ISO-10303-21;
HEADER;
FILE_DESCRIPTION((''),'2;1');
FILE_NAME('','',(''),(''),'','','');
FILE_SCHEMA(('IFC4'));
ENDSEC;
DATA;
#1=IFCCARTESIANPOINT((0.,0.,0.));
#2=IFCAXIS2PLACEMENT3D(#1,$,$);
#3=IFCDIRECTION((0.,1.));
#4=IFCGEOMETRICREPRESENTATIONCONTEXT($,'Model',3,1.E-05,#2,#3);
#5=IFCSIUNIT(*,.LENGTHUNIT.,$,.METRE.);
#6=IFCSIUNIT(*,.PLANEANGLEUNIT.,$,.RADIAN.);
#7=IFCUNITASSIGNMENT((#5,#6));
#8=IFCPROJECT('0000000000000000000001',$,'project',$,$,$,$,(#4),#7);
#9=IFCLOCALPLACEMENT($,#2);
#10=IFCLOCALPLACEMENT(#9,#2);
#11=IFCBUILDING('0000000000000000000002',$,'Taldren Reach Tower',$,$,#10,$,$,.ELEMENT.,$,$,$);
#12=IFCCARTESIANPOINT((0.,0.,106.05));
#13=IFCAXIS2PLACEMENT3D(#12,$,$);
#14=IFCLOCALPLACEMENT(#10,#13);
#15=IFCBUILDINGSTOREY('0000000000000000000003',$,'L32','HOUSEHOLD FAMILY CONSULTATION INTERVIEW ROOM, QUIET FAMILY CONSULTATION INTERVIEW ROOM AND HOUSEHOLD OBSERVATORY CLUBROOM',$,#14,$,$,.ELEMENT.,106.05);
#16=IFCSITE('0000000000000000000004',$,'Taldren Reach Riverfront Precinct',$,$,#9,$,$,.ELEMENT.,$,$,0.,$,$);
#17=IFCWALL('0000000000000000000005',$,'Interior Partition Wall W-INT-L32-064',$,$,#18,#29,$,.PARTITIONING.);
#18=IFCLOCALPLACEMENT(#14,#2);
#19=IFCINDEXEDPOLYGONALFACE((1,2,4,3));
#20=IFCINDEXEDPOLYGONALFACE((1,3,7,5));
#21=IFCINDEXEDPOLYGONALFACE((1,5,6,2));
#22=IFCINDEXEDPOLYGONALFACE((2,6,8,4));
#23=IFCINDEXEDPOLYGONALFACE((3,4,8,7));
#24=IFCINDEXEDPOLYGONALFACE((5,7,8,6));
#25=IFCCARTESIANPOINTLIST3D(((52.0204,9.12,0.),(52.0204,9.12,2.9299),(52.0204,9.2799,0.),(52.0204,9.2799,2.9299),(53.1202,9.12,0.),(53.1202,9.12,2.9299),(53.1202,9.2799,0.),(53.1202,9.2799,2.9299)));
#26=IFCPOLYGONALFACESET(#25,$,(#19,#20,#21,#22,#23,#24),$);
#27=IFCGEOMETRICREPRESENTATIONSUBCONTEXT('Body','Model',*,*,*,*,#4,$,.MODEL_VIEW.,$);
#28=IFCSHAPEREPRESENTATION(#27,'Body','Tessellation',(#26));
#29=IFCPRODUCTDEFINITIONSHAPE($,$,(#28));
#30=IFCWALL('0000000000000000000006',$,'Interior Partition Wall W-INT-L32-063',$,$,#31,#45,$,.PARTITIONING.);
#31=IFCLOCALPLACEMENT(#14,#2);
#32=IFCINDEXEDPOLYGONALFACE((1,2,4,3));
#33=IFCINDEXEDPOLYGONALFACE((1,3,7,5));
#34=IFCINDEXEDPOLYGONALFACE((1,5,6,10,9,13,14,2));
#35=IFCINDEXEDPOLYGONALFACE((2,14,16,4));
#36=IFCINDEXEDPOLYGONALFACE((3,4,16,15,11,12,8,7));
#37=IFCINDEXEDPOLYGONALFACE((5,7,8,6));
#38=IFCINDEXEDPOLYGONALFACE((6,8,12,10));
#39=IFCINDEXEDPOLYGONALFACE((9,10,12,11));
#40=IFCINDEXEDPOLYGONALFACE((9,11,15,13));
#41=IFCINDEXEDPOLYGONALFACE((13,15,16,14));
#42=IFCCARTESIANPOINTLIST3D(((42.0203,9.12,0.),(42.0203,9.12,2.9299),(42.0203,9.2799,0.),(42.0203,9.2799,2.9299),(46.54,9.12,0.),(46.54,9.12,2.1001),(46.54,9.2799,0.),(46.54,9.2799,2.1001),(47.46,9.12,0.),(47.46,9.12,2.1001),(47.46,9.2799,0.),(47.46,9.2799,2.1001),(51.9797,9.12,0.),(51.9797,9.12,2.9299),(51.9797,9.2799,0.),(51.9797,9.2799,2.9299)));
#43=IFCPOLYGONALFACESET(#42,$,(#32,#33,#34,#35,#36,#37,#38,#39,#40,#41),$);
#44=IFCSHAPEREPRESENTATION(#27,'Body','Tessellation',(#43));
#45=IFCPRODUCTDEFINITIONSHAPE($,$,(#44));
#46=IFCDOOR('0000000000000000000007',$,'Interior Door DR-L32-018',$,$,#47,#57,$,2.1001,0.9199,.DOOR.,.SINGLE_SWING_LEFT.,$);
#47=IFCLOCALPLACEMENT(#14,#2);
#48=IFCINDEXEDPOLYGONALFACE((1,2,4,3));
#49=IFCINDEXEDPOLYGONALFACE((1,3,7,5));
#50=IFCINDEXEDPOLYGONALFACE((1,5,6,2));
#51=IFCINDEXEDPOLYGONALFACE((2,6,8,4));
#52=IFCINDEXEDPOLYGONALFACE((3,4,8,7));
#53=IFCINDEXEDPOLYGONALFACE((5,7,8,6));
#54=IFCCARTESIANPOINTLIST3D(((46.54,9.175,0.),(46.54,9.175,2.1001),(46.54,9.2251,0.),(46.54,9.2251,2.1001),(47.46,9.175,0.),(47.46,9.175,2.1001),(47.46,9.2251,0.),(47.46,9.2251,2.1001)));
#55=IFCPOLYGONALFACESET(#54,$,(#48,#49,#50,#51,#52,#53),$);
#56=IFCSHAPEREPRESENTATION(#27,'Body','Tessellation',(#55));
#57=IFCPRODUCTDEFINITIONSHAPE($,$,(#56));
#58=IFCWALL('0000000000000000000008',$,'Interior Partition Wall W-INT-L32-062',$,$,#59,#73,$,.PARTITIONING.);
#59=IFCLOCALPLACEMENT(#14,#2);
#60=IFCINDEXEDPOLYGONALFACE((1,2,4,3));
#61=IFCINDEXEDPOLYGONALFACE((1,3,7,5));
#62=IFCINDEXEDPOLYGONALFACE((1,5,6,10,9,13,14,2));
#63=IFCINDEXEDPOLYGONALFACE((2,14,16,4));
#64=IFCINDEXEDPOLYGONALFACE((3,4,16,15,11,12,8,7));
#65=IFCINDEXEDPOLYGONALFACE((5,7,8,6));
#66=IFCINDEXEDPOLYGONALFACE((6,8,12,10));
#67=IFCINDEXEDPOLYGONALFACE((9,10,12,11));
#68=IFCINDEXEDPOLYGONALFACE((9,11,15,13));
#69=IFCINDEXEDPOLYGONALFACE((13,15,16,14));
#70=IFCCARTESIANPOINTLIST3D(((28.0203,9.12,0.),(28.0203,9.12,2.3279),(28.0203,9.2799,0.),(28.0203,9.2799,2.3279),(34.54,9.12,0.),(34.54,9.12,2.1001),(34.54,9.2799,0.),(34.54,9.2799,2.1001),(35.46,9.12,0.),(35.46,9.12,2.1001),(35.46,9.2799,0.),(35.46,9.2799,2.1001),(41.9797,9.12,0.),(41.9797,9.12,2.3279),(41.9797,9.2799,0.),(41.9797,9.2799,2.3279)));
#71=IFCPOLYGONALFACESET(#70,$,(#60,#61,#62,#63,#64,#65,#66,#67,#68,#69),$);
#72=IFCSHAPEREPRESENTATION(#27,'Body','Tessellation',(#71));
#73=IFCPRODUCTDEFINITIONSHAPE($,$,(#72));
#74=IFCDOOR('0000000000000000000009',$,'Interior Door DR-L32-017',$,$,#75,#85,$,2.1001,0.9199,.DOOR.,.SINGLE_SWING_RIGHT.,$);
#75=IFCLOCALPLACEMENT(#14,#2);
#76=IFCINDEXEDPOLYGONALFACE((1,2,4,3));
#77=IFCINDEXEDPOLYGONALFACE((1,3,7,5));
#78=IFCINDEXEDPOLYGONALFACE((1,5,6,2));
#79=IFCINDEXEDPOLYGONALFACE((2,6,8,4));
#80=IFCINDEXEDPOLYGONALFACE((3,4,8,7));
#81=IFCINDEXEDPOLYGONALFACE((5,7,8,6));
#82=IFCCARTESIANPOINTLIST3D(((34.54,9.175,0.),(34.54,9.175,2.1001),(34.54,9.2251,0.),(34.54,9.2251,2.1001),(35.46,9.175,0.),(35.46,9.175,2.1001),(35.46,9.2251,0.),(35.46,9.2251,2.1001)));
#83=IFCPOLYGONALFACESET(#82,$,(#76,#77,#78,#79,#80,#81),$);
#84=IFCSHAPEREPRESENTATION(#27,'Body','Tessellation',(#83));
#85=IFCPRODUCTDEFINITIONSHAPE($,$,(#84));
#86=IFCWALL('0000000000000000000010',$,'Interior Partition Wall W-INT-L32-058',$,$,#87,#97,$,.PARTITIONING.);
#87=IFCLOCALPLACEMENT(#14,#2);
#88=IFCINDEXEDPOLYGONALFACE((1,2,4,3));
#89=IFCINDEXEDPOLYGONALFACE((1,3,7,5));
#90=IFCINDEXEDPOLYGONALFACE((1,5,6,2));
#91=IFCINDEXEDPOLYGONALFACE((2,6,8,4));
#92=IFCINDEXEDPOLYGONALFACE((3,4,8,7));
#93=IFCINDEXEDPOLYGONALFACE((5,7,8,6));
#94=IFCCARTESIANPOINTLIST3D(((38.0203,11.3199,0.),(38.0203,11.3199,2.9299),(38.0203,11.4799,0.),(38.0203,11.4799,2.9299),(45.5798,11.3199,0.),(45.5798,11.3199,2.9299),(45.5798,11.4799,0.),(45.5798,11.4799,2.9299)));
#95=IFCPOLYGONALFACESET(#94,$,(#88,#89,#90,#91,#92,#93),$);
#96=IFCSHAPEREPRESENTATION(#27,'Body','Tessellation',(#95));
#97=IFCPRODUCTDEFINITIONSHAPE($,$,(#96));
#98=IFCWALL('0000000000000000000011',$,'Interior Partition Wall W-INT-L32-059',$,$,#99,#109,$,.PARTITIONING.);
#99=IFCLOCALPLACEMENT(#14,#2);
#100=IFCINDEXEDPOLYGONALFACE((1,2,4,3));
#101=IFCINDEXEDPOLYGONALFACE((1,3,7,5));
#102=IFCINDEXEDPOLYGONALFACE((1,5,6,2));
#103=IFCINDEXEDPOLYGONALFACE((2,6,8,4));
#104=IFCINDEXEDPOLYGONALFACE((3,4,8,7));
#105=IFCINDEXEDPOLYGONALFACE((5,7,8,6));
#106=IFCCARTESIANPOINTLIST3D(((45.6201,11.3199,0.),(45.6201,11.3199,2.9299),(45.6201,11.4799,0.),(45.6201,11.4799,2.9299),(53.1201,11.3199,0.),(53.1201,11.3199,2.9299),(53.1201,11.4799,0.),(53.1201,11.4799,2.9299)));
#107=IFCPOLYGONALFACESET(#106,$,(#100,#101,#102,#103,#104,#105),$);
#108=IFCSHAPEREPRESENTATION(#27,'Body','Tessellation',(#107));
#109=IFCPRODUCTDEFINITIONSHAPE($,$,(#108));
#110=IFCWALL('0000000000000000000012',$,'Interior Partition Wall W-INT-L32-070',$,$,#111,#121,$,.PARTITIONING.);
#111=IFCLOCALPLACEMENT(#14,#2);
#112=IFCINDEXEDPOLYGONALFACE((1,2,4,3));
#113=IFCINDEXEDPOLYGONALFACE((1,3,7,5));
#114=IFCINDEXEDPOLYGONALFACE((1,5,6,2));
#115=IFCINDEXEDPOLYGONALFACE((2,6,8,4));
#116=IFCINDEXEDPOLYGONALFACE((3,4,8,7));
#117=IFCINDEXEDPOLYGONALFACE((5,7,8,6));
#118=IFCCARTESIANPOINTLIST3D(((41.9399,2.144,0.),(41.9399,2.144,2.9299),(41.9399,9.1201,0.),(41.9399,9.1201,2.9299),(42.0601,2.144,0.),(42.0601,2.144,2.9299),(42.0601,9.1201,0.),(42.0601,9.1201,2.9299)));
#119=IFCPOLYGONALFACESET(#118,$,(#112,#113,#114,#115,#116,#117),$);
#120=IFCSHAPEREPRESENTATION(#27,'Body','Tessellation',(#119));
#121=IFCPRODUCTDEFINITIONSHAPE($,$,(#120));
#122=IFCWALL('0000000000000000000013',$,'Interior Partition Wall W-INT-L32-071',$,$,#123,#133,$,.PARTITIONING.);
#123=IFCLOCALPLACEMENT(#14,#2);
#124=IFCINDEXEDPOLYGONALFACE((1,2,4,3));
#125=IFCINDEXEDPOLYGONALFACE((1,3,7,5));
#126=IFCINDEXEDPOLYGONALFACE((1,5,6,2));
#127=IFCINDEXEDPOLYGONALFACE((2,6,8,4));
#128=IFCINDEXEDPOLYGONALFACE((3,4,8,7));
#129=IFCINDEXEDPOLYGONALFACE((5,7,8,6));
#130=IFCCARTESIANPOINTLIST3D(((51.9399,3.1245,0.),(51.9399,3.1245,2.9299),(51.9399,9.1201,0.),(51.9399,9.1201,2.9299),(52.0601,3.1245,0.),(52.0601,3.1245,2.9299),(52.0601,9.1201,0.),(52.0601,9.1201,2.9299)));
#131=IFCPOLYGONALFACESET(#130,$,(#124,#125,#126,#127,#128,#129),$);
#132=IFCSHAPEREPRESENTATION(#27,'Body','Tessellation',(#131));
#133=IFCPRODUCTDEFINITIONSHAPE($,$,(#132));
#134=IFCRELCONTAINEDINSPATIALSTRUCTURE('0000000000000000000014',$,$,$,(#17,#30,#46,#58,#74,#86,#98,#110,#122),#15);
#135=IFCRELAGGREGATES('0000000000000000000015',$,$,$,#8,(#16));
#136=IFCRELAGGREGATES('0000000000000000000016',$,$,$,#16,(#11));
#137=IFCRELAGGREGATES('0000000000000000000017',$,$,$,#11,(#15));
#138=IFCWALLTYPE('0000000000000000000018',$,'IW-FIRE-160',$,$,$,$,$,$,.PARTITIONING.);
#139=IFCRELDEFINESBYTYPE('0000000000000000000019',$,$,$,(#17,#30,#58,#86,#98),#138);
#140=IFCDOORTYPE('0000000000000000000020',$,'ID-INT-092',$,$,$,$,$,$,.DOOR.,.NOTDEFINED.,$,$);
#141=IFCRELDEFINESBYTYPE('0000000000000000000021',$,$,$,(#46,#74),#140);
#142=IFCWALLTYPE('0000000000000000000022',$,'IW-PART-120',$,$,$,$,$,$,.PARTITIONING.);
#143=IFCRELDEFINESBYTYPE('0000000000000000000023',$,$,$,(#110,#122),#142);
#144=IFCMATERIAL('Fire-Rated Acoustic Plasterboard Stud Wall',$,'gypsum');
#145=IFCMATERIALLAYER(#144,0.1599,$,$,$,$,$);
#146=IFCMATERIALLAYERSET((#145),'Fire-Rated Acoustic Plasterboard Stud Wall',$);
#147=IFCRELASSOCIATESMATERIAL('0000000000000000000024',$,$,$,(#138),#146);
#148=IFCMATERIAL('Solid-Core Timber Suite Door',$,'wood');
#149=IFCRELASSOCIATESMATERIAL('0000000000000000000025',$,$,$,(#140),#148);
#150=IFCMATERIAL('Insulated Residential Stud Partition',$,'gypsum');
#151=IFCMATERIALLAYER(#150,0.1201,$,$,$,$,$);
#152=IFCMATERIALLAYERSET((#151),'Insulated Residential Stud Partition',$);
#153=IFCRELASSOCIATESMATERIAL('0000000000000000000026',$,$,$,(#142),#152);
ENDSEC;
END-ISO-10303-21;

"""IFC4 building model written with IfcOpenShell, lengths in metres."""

from ifc_helpers import new_model, si_unit, direction, frame, frame_2d, origin, place, context, subcontext, project, spatial, rectangle, extrude, source, transform, mapped, material, layer, layer_set, type_object, element, fill, save


model = new_model("IFC4")

# Units and contexts
model_context = context("Model", 3, precision=1e-05, world=origin(), true_north=direction((0.0, 1.0)))
body_context = subcontext(model_context, "Body", "Model", "MODEL_VIEW")
ifc_project = project(units=[si_unit("LENGTHUNIT", "METRE"), si_unit("PLANEANGLEUNIT", "RADIAN")], contexts=[model_context])

# Site, building, storey
site_placement = place(None, origin())
site = spatial("IfcSite", under=ifc_project, at=site_placement, Name="Taldren Reach Riverfront Precinct", CompositionType="ELEMENT", RefElevation=0.0)
building_placement = place(site_placement, origin())
building = spatial("IfcBuilding", under=site, at=building_placement, Name="Taldren Reach Tower", CompositionType="ELEMENT")
storey_placement = place(building_placement, frame((0.0, 0.0, 106.05)))
storey = spatial("IfcBuildingStorey", under=building, at=storey_placement, Name="L32", Description="HOUSEHOLD FAMILY CONSULTATION INTERVIEW ROOM, QUIET FAMILY CONSULTATION INTERVIEW ROOM AND HOUSEHOLD OBSERVATORY CLUBROOM", CompositionType="ELEMENT", Elevation=106.05)

# Shared definitions
ifc_material_1 = material(Name="Fire-Rated Acoustic Plasterboard Stud Wall", Category="gypsum")
ifc_layer_1 = layer(ifc_material_1, 0.1599)
ifc_layer_set_1 = layer_set([ifc_layer_1], Name="Fire-Rated Acoustic Plasterboard Stud Wall")
wall_type_1 = type_object("IfcWallType", Name="IW-FIRE-160", PredefinedType="PARTITIONING", material=ifc_layer_set_1)

# Wall
shared_shape_1 = source(origin(), body_context, "Body", "SweptSolid", [
    extrude(rectangle(XDim=1.0999, YDim=0.1599, at=frame_2d((0.5498, 0.0))), origin(), (0.0, 0.0, 1.0), 2.9299),
])
wall_1_placement = place(storey_placement, frame((53.1201, 9.2, 0.0), z_axis=(0.0, 0.0, 1.0), x_axis=(-1.0, 0.0, 0.0)))
element("IfcWall", 1, at=wall_1_placement, inside=storey, type_object=wall_type_1, Name="Interior Partition Wall W-INT-L32-064", PredefinedType="PARTITIONING", context=body_context, shape_type="MappedRepresentation", body=[
    mapped(shared_shape_1, transform((0.0, 0.0, 0.0), scale=1.0)),
])

# Walls, openings, doors
shared_shape_2 = source(origin(), body_context, "Body", "SweptSolid", [
    extrude(rectangle(XDim=9.9595, YDim=0.1599, at=frame_2d((4.9797, 0.0))), origin(), (0.0, 0.0, 1.0), 2.9299),
])
wall_2_placement = place(storey_placement, frame((51.9797, 9.2, 0.0), z_axis=(0.0, 0.0, 1.0), x_axis=(-1.0, 0.0, 0.0)))
wall_2 = element("IfcWall", 2, at=wall_2_placement, inside=storey, type_object=wall_type_1, Name="Interior Partition Wall W-INT-L32-063", PredefinedType="PARTITIONING", context=body_context, shape_type="MappedRepresentation", body=[
    mapped(shared_shape_2, transform((0.0, 0.0, 0.0), scale=1.0)),
])
shared_shape_3 = source(origin(), body_context, "Body", "SweptSolid", [
    extrude(rectangle(XDim=0.9199, YDim=2.1001, at=frame_2d((0.46, 1.05))), frame((0.0, 0.0898, 0.0), z_axis=(0.0, -1.0, 0.0), x_axis=(1.0, 0.0, 0.0)), (0.0, 0.0, 1.0), 0.1799),
])
opening_1_placement = place(wall_2_placement, frame((4.5198, 0.0, 0.0)))
opening_1 = element("IfcOpeningElement", 3, at=opening_1_placement, cuts=wall_2, PredefinedType="OPENING", context=body_context, shape_type="MappedRepresentation", body=[
    mapped(shared_shape_3, transform((0.0, 0.0, 0.0), scale=1.0)),
])
ifc_material_2 = material(Name="Solid-Core Timber Suite Door", Category="wood")
door_type_1 = type_object("IfcDoorType", Name="ID-INT-092", OperationType="NOTDEFINED", PredefinedType="DOOR", material=ifc_material_2)
shared_shape_4 = source(origin(), body_context, "Body", "SweptSolid", [
    extrude(rectangle(XDim=0.9199, YDim=2.1001, at=frame_2d((0.46, 1.05))), frame((0.0, 0.0249, 0.0), z_axis=(0.0, -1.0, 0.0), x_axis=(1.0, 0.0, 0.0)), (0.0, 0.0, 1.0), 0.05),
])
door_1_placement = place(opening_1_placement, origin())
door_1 = element("IfcDoor", 4, at=door_1_placement, inside=storey, type_object=door_type_1, Name="Interior Door DR-L32-018", OperationType="SINGLE_SWING_LEFT", OverallHeight=2.1001, OverallWidth=0.9199, PredefinedType="DOOR", context=body_context, shape_type="MappedRepresentation", body=[
    mapped(shared_shape_4, transform((0.0, 0.0, 0.0), scale=1.0)),
])
fill(opening_1, door_1)
shared_shape_5 = source(origin(), body_context, "Body", "SweptSolid", [
    extrude(rectangle(XDim=13.9595, YDim=0.1599, at=frame_2d((6.9797, 0.0))), origin(), (0.0, 0.0, 1.0), 2.3279),
])
wall_3_placement = place(storey_placement, frame((41.9797, 9.2, 0.0), z_axis=(0.0, 0.0, 1.0), x_axis=(-1.0, 0.0, 0.0)))
wall_3 = element("IfcWall", 5, at=wall_3_placement, inside=storey, type_object=wall_type_1, Name="Interior Partition Wall W-INT-L32-062", PredefinedType="PARTITIONING", context=body_context, shape_type="MappedRepresentation", body=[
    mapped(shared_shape_5, transform((0.0, 0.0, 0.0), scale=1.0)),
])
opening_2_placement = place(wall_3_placement, frame((6.5198, 0.0, 0.0)))
opening_2 = element("IfcOpeningElement", 6, at=opening_2_placement, cuts=wall_3, PredefinedType="OPENING", context=body_context, shape_type="MappedRepresentation", body=[
    mapped(shared_shape_3, transform((0.0, 0.0, 0.0), scale=1.0)),
])
door_2_placement = place(opening_2_placement, origin())
door_2 = element("IfcDoor", 7, at=door_2_placement, inside=storey, type_object=door_type_1, Name="Interior Door DR-L32-017", OperationType="SINGLE_SWING_RIGHT", OverallHeight=2.1001, OverallWidth=0.9199, PredefinedType="DOOR", context=body_context, shape_type="MappedRepresentation", body=[
    mapped(shared_shape_4, transform((0.0, 0.0, 0.0), scale=1.0)),
])
fill(opening_2, door_2)

# Walls
shared_shape_6 = source(origin(), body_context, "Body", "SweptSolid", [
    extrude(rectangle(XDim=7.5596, YDim=0.1599, at=frame_2d((3.7798, 0.0))), origin(), (0.0, 0.0, 1.0), 2.9299),
])
wall_4_placement = place(storey_placement, frame((38.0203, 11.3999, 0.0), z_axis=(0.0, 0.0, 1.0), x_axis=(1.0, 0.0, 0.0)))
element("IfcWall", 8, at=wall_4_placement, inside=storey, type_object=wall_type_1, Name="Interior Partition Wall W-INT-L32-058", PredefinedType="PARTITIONING", context=body_context, shape_type="MappedRepresentation", body=[
    mapped(shared_shape_6, transform((0.0, 0.0, 0.0), scale=1.0)),
])
shared_shape_7 = source(origin(), body_context, "Body", "SweptSolid", [
    extrude(rectangle(XDim=7.5, YDim=0.1599, at=frame_2d((3.75, 0.0))), origin(), (0.0, 0.0, 1.0), 2.9299),
])
wall_5_placement = place(storey_placement, frame((45.6201, 11.3999, 0.0), z_axis=(0.0, 0.0, 1.0), x_axis=(1.0, 0.0, 0.0)))
element("IfcWall", 9, at=wall_5_placement, inside=storey, type_object=wall_type_1, Name="Interior Partition Wall W-INT-L32-059", PredefinedType="PARTITIONING", context=body_context, shape_type="MappedRepresentation", body=[
    mapped(shared_shape_7, transform((0.0, 0.0, 0.0), scale=1.0)),
])
ifc_material_3 = material(Name="Insulated Residential Stud Partition", Category="gypsum")
ifc_layer_2 = layer(ifc_material_3, 0.1201)
ifc_layer_set_2 = layer_set([ifc_layer_2], Name="Insulated Residential Stud Partition")
wall_type_2 = type_object("IfcWallType", Name="IW-PART-120", PredefinedType="PARTITIONING", material=ifc_layer_set_2)
shared_shape_8 = source(origin(), body_context, "Body", "SweptSolid", [
    extrude(rectangle(XDim=6.9761, YDim=0.1201, at=frame_2d((3.488, 0.0))), origin(), (0.0, 0.0, 1.0), 2.9299),
])
wall_6_placement = place(storey_placement, frame((42.0, 9.1201, 0.0), z_axis=(0.0, 0.0, 1.0), x_axis=(0.0, -1.0, 0.0)))
element("IfcWall", 10, at=wall_6_placement, inside=storey, type_object=wall_type_2, Name="Interior Partition Wall W-INT-L32-070", PredefinedType="PARTITIONING", context=body_context, shape_type="MappedRepresentation", body=[
    mapped(shared_shape_8, transform((0.0, 0.0, 0.0), scale=1.0)),
])
shared_shape_9 = source(origin(), body_context, "Body", "SweptSolid", [
    extrude(rectangle(XDim=5.9956, YDim=0.1201, at=frame_2d((2.9978, 0.0))), origin(), (0.0, 0.0, 1.0), 2.9299),
])
wall_7_placement = place(storey_placement, frame((52.0, 9.1201, 0.0), z_axis=(0.0, 0.0, 1.0), x_axis=(0.0, -1.0, 0.0)))
element("IfcWall", 11, at=wall_7_placement, inside=storey, type_object=wall_type_2, Name="Interior Partition Wall W-INT-L32-071", PredefinedType="PARTITIONING", context=body_context, shape_type="MappedRepresentation", body=[
    mapped(shared_shape_9, transform((0.0, 0.0, 0.0), scale=1.0)),
])

save(model, "model.ifc")
